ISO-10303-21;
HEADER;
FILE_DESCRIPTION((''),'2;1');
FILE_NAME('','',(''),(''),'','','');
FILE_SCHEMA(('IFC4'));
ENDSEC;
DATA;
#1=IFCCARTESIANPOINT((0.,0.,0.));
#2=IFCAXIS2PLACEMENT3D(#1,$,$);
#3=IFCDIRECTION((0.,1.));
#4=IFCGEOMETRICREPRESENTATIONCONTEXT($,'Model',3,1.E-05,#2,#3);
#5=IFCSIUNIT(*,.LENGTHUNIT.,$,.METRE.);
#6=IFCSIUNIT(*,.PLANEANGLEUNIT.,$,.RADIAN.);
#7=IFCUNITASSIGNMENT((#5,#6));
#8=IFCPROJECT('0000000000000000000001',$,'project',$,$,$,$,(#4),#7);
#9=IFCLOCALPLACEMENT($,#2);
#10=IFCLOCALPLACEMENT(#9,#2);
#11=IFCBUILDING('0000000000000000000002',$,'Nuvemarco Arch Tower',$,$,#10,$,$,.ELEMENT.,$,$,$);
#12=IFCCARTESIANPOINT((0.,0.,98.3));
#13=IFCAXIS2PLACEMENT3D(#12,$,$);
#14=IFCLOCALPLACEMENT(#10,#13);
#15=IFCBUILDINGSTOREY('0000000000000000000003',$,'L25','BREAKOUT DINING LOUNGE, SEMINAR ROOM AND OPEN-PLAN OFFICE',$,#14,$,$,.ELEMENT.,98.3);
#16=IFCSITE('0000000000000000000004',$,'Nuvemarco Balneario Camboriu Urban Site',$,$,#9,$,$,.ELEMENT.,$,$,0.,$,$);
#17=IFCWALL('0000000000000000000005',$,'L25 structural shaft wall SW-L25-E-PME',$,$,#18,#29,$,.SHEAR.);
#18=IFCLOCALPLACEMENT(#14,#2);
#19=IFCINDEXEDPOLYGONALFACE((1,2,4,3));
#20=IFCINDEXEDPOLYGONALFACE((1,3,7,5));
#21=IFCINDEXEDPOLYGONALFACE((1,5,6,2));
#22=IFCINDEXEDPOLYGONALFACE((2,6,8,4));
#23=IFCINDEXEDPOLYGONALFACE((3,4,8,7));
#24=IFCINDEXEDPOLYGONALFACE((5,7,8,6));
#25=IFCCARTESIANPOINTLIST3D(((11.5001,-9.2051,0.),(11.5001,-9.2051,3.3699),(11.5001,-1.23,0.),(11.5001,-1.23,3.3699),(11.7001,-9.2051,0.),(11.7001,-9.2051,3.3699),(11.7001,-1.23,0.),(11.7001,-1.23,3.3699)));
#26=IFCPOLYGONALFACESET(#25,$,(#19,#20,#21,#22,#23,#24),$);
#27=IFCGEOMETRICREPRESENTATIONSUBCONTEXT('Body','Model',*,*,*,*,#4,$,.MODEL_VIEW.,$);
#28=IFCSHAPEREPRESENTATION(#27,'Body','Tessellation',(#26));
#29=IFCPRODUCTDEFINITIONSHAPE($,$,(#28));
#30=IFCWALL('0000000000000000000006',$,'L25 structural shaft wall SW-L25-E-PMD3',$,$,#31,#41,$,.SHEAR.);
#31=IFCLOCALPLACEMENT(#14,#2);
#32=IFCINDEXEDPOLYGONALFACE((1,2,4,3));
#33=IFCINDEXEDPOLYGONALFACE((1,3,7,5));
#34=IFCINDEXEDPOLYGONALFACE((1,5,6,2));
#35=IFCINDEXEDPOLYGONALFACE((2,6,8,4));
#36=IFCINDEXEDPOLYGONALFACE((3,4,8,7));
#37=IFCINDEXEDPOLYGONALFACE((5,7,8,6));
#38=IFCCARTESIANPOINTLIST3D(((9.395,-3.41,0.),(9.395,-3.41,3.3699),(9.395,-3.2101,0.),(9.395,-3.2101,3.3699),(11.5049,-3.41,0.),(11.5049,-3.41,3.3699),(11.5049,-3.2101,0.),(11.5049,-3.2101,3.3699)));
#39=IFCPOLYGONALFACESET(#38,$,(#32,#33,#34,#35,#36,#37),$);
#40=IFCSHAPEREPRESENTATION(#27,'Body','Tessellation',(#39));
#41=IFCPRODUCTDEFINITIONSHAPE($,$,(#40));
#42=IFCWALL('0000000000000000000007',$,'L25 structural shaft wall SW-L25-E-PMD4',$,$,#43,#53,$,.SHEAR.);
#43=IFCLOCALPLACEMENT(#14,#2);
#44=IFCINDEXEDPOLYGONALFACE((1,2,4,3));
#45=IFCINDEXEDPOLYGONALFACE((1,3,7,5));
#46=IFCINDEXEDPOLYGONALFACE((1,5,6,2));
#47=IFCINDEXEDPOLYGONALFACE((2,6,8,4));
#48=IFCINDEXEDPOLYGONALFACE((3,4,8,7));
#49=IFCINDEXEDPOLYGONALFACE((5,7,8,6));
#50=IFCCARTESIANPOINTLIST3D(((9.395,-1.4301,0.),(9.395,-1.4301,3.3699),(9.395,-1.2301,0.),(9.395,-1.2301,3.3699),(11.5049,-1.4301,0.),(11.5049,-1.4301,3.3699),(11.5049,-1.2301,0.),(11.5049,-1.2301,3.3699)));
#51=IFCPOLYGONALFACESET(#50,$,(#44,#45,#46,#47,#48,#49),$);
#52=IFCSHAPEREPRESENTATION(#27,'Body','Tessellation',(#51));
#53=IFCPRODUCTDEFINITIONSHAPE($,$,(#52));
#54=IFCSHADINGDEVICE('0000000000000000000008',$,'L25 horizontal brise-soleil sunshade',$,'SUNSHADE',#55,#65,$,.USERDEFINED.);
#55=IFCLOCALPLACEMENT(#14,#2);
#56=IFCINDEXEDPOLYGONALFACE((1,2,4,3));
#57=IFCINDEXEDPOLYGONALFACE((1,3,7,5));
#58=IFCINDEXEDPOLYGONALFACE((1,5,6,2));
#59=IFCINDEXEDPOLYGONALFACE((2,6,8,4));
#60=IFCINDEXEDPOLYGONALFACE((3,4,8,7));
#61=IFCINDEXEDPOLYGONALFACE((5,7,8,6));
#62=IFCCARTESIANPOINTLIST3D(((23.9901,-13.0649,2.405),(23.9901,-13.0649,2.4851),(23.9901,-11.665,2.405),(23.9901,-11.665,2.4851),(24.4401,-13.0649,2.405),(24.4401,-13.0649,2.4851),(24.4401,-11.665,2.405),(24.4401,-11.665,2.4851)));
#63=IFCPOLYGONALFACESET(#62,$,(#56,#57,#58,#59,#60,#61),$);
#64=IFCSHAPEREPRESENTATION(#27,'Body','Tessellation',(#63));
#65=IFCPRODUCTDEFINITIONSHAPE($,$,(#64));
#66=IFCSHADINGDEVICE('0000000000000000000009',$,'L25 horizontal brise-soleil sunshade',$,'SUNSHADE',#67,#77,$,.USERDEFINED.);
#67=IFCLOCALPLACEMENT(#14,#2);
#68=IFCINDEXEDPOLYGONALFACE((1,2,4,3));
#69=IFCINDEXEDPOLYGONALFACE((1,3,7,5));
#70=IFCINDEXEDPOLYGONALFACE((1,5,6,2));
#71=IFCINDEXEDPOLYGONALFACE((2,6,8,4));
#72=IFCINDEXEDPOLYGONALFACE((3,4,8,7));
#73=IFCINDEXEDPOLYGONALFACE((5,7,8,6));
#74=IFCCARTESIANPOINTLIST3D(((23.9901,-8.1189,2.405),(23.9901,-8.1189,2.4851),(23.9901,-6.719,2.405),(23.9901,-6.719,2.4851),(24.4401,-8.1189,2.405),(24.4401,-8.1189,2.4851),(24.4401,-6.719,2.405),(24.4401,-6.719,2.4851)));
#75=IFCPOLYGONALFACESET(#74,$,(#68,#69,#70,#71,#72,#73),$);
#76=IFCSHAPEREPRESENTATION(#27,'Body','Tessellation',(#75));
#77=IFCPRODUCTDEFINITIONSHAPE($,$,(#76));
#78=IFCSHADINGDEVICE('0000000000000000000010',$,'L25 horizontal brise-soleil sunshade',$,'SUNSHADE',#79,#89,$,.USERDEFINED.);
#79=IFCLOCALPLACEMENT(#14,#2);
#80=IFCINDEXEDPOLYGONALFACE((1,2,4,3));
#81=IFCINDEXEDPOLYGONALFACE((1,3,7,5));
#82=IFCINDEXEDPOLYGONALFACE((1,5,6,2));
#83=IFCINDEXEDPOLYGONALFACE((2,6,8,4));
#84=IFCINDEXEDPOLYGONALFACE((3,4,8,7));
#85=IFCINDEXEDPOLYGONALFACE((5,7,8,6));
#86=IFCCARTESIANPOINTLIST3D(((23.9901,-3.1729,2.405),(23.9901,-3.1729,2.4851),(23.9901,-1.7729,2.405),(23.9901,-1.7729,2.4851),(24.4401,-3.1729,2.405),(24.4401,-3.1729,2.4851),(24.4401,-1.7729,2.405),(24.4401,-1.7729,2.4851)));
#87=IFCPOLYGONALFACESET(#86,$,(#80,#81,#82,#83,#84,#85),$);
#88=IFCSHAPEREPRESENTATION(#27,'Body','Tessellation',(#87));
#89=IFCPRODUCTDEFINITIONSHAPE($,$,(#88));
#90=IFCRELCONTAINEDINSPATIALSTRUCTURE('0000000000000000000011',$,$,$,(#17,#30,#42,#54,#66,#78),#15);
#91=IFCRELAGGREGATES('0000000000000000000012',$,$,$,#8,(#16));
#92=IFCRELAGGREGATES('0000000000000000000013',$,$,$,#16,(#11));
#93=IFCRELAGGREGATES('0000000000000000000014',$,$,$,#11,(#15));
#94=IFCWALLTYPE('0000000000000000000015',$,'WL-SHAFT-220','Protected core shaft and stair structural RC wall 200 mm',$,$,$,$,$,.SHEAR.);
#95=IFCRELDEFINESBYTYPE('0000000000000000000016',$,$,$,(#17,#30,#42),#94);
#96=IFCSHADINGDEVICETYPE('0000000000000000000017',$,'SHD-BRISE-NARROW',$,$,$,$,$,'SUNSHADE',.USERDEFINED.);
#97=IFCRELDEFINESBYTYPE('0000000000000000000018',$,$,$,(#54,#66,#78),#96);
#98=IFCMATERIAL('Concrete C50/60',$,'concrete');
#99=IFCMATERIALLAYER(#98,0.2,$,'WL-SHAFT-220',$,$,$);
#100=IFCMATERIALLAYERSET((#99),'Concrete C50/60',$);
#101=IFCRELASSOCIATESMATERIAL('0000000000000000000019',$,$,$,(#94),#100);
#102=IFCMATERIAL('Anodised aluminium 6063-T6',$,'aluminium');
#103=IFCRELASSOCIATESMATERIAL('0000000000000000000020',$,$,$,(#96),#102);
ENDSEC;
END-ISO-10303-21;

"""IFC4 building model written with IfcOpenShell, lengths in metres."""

from ifc_helpers import new_model, si_unit, direction, frame, frame_2d, origin, origin_2d, place, context, subcontext, project, spatial, rectangle, extrude, source, transform, mapped, material, layer, layer_set, type_object, type_shapes, element, save


model = new_model("IFC4")

# Units and contexts
model_context = context("Model", 3, precision=1e-05, world=origin(), true_north=direction((0.0, 1.0)))
body_context = subcontext(model_context, "Body", "Model", "MODEL_VIEW")
ifc_project = project(units=[si_unit("LENGTHUNIT", "METRE"), si_unit("PLANEANGLEUNIT", "RADIAN")], contexts=[model_context])

# Site, building, storey
site_placement = place(None, origin())
site = spatial("IfcSite", under=ifc_project, at=site_placement, Name="Nuvemarco Balneario Camboriu Urban Site", CompositionType="ELEMENT", RefElevation=0.0)
building_placement = place(site_placement, origin())
building = spatial("IfcBuilding", under=site, at=building_placement, Name="Nuvemarco Arch Tower", CompositionType="ELEMENT")
storey_placement = place(building_placement, frame((0.0, 0.0, 98.3)))
storey = spatial("IfcBuildingStorey", under=building, at=storey_placement, Name="L25", Description="BREAKOUT DINING LOUNGE, SEMINAR ROOM AND OPEN-PLAN OFFICE", CompositionType="ELEMENT", Elevation=98.3)

# Shared definitions
ifc_material_1 = material(Name="Concrete C50/60", Category="concrete")
ifc_layer_1 = layer(ifc_material_1, 0.2, Name="WL-SHAFT-220")
ifc_layer_set_1 = layer_set([ifc_layer_1], Name="Concrete C50/60")
wall_type_1 = type_object("IfcWallType", Name="WL-SHAFT-220", Description="Protected core shaft and stair structural RC wall 200 mm", PredefinedType="SHEAR", material=ifc_layer_set_1)

# Wall
wall_1_placement = place(storey_placement, frame((11.6001, -9.2051, 0.0), z_axis=(0.0, 0.0, 1.0), x_axis=(0.0, 1.0, 0.0)))
element("IfcWall", 1, at=wall_1_placement, inside=storey, type_object=wall_type_1, Name="L25 structural shaft wall SW-L25-E-PME", PredefinedType="SHEAR", context=body_context, shape_type="SweptSolid", body=[
    extrude(rectangle(XDim=7.9751, YDim=0.2, at=frame_2d((3.9875, 0.0))), origin(), (0.0, 0.0, 1.0), 3.3699),
])

# Walls
for number, where, z_axis, x_axis, name in (
    (2, (9.395, -3.3101, 0.0), (0.0, 0.0, 1.0), (1.0, 0.0, 0.0), "L25 structural shaft wall SW-L25-E-PMD3"),
    (3, (9.395, -1.3301, 0.0), (0.0, 0.0, 1.0), (1.0, 0.0, 0.0), "L25 structural shaft wall SW-L25-E-PMD4"),
):
    element("IfcWall", number, at=place(storey_placement, frame(where, z_axis=z_axis, x_axis=x_axis)), inside=storey, type_object=wall_type_1, Name=name, PredefinedType="SHEAR", context=body_context, shape_type="SweptSolid", body=[
        extrude(rectangle(XDim=2.1099, YDim=0.2, at=frame_2d((1.0549, 0.0))), origin(), (0.0, 0.0, 1.0), 3.3699),
    ])

# Shading devices
ifc_material_2 = material(Name="Anodised aluminium 6063-T6", Category="aluminium")
shading_device_type = type_object("IfcShadingDeviceType", Name="SHD-BRISE-NARROW", ElementType="SUNSHADE", PredefinedType="USERDEFINED", material=ifc_material_2)
shared_shape_1 = source(origin(), body_context, "Body", "SweptSolid", [
    extrude(rectangle(XDim=1.3999, YDim=0.45, at=origin_2d()), origin(), (0.0, 0.0, 1.0), 0.0801),
])
type_shapes(shading_device_type, [shared_shape_1])
for number, where, z_axis, x_axis, name in (
    (4, (24.2151, -12.365, 2.405), (0.0, 0.0, 1.0), (0.0, 1.0, 0.0), "L25 horizontal brise-soleil sunshade"),
    (5, (24.2151, -7.4189, 2.405), (0.0, 0.0, 1.0), (0.0, 1.0, 0.0), "L25 horizontal brise-soleil sunshade"),
    (6, (24.2151, -2.4729, 2.405), (0.0, 0.0, 1.0), (0.0, 1.0, 0.0), "L25 horizontal brise-soleil sunshade"),
):
    element("IfcShadingDevice", number, at=place(storey_placement, frame(where, z_axis=z_axis, x_axis=x_axis)), inside=storey, type_object=shading_device_type, Name=name, ObjectType="SUNSHADE", PredefinedType="USERDEFINED", context=body_context, shape_type="MappedRepresentation", body=[
        mapped(shared_shape_1, transform((0.0, 0.0, 0.0), scale=1.0)),
    ])

save(model, "model.ifc")
